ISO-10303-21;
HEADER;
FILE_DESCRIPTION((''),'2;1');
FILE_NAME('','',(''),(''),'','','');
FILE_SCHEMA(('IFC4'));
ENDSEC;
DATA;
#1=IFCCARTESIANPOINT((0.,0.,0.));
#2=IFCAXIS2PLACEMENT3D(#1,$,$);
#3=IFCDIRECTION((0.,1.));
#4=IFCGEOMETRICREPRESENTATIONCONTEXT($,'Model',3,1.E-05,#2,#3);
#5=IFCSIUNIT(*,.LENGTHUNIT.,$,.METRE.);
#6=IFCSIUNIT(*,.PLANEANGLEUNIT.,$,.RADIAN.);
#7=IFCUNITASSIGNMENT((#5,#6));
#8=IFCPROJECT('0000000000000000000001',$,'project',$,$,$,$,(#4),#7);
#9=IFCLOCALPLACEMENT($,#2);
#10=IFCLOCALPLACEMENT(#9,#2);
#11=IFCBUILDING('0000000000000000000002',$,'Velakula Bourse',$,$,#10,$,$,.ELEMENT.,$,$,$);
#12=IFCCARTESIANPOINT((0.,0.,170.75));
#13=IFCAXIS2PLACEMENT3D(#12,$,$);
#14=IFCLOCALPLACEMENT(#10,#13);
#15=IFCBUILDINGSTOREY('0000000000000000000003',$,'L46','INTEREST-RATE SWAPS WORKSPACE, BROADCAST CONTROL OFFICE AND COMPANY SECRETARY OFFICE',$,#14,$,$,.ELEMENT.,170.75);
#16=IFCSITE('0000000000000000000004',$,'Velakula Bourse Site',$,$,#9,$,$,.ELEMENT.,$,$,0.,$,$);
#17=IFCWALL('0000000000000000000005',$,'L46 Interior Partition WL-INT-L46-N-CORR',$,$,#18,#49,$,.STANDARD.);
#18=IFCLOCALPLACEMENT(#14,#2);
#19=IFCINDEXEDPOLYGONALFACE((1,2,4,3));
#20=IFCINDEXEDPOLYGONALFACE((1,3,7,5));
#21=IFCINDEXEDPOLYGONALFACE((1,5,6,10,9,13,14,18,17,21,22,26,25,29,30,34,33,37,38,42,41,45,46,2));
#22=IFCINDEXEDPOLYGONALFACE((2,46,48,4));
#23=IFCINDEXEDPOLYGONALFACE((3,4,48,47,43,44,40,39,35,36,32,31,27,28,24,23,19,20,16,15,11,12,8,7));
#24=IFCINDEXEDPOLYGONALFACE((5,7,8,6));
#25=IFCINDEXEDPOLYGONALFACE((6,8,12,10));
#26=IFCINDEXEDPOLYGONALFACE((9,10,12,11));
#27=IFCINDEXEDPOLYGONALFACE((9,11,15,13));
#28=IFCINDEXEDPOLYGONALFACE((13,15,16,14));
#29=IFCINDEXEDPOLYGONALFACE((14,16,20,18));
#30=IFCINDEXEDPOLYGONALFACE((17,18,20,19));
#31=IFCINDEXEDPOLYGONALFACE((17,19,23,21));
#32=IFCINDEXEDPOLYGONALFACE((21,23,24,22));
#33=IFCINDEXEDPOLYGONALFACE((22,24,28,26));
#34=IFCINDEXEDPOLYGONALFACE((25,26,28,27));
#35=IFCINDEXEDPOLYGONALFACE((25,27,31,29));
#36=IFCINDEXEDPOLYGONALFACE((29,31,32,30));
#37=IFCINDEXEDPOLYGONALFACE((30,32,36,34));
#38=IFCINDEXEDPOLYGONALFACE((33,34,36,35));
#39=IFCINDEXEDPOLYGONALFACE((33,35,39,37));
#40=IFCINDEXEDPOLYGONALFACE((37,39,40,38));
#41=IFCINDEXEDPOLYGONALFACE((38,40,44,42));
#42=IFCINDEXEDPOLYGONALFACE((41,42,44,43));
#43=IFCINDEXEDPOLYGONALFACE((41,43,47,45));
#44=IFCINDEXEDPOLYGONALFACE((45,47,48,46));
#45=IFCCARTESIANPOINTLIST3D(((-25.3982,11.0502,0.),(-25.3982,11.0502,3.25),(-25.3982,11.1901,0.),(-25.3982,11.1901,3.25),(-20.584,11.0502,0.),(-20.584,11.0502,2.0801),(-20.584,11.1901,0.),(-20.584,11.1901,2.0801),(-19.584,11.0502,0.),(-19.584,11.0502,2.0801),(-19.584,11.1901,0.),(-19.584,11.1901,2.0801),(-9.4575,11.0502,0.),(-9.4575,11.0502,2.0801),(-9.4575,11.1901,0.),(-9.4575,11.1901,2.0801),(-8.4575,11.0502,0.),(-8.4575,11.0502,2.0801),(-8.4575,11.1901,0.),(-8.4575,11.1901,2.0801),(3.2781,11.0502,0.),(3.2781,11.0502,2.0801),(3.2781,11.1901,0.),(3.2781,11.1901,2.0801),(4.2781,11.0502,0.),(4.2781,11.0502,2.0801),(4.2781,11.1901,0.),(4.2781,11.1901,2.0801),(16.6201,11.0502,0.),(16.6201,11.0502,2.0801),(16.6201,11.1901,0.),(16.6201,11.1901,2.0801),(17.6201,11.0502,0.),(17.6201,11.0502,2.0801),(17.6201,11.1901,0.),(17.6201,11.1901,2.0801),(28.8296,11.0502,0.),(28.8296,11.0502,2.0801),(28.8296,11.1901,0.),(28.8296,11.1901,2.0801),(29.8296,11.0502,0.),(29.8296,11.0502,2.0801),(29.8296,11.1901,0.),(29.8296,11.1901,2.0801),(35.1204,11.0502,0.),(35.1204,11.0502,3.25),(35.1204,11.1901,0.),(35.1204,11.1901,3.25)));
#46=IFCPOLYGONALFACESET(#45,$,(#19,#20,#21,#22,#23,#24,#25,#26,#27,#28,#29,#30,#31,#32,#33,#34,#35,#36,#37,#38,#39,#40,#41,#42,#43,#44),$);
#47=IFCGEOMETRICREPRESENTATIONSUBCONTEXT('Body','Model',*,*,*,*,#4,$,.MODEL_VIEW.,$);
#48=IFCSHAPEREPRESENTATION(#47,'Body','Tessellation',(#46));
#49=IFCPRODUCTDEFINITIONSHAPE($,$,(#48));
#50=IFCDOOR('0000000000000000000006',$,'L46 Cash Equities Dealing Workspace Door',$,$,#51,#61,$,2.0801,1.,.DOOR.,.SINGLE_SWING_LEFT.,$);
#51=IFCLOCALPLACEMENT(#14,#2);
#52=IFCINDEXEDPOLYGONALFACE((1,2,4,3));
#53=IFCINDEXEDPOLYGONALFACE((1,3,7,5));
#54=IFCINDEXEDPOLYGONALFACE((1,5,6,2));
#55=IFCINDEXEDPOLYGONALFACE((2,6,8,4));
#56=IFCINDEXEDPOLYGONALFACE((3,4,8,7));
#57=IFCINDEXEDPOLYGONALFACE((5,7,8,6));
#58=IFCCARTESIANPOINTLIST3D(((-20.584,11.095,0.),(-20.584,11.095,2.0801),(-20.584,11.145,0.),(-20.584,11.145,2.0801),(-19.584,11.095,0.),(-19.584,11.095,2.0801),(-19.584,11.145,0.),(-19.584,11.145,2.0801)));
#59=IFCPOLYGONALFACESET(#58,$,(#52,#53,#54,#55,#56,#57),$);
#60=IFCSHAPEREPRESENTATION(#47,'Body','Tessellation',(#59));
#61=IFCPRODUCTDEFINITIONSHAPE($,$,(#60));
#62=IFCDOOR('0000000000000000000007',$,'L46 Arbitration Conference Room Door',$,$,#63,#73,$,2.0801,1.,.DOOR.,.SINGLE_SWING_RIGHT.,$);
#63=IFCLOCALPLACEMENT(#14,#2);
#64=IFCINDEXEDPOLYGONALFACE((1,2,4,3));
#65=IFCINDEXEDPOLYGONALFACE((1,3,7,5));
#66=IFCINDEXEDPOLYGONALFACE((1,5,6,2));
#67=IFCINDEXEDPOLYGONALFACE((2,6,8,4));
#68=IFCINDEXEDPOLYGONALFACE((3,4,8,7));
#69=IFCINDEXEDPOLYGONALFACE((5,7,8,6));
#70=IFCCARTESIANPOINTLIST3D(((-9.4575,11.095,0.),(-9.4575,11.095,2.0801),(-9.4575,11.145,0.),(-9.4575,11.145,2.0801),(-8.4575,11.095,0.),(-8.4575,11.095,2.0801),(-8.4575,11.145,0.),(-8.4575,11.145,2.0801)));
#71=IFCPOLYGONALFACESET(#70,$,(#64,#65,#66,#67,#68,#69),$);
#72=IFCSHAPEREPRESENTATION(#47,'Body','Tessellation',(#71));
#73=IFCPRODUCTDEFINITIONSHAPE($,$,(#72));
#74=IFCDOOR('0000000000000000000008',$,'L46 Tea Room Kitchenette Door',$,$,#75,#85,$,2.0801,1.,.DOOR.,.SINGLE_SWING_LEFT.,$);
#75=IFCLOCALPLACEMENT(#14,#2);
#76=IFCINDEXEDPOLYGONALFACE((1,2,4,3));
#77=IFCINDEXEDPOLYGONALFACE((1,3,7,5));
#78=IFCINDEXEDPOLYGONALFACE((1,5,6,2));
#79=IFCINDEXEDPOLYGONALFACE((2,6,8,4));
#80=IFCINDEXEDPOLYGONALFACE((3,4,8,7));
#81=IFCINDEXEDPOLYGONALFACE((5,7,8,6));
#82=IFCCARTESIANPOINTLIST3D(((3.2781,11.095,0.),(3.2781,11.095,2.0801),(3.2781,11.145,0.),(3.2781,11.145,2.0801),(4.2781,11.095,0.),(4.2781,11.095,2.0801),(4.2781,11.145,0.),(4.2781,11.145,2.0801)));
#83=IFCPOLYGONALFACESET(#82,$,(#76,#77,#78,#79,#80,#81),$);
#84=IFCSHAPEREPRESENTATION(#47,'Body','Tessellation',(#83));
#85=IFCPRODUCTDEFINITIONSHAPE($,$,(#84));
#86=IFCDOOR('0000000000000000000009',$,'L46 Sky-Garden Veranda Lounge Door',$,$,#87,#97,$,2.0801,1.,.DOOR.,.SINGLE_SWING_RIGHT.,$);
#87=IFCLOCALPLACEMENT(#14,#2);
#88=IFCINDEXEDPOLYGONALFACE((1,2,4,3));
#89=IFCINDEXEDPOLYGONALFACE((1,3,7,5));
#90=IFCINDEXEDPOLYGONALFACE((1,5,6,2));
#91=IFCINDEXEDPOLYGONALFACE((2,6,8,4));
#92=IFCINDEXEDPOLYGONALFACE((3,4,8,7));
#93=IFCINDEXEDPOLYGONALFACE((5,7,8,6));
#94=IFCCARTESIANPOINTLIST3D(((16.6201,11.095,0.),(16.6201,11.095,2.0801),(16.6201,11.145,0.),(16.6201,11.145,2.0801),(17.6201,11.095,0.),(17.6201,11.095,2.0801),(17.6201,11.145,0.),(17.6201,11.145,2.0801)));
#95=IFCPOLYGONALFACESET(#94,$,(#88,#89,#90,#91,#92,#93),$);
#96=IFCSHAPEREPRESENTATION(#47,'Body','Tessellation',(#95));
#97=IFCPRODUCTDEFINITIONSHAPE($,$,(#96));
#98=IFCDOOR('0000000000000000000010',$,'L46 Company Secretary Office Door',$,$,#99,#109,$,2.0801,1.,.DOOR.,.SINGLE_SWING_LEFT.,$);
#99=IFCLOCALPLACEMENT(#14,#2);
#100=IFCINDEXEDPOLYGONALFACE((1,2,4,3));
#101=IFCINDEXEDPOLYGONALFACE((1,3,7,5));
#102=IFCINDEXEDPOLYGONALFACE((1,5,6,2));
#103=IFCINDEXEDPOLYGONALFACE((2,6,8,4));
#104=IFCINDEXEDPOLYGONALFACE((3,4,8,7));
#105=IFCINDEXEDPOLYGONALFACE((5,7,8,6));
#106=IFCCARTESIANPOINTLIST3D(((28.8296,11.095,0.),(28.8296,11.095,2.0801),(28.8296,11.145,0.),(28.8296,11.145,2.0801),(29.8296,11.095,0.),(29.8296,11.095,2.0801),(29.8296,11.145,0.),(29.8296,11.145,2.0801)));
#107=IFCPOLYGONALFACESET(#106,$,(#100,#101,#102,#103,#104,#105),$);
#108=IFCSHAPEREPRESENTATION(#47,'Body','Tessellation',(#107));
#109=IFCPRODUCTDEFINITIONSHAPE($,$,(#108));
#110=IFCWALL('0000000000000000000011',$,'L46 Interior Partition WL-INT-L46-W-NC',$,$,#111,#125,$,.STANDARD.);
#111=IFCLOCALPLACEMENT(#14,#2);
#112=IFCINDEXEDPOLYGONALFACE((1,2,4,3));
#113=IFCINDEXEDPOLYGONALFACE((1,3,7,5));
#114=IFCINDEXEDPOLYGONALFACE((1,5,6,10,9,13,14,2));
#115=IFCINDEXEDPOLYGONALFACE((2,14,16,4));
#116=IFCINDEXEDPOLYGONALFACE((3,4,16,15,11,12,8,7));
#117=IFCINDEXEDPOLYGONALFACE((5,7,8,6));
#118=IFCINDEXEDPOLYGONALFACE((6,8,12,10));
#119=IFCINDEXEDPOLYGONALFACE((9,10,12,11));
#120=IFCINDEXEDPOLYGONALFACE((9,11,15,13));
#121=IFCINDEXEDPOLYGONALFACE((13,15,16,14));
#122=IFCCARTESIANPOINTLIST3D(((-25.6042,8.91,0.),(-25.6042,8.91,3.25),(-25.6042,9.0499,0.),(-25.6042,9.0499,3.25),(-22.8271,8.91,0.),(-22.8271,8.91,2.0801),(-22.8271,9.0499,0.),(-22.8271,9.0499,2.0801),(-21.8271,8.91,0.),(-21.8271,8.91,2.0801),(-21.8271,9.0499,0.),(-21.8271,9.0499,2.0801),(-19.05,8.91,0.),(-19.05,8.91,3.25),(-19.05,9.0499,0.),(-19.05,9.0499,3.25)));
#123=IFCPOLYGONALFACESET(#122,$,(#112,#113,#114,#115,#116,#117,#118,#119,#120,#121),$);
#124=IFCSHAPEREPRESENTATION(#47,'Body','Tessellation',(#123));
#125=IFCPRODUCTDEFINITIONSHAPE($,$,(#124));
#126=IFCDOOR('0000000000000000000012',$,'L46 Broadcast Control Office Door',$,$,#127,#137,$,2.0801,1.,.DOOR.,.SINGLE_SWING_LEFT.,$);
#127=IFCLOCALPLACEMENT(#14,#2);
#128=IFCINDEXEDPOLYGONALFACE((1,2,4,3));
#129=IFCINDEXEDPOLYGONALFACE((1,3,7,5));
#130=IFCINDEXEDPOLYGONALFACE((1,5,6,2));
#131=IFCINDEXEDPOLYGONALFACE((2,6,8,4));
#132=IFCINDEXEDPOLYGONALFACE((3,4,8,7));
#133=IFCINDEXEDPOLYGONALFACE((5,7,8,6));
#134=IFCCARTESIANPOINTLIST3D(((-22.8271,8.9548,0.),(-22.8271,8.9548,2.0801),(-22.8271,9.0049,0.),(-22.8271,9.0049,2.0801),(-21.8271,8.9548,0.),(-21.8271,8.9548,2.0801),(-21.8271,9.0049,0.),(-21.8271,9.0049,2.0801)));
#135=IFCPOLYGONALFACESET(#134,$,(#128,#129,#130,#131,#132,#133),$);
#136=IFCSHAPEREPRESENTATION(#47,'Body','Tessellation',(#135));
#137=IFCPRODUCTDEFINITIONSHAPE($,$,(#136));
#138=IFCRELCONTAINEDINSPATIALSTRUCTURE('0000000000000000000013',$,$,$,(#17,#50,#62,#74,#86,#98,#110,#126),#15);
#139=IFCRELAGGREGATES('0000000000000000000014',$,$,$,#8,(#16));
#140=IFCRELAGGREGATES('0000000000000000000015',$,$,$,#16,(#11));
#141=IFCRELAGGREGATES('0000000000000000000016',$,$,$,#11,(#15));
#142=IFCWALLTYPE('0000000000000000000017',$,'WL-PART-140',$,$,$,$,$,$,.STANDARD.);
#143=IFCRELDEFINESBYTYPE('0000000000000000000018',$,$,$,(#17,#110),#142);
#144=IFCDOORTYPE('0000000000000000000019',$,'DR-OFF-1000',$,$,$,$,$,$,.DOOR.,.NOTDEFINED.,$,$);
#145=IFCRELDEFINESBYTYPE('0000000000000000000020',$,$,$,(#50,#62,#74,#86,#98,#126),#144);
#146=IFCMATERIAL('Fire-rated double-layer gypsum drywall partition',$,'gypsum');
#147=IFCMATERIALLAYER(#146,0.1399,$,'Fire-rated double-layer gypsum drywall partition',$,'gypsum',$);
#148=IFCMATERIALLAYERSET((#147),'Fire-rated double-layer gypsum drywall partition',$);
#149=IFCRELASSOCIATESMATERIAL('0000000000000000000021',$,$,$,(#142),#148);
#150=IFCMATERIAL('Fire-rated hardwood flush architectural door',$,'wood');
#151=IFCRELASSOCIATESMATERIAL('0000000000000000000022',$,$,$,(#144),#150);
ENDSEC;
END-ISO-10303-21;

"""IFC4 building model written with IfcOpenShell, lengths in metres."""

from ifc_helpers import new_model, si_unit, direction, frame, frame_2d, origin, place, context, subcontext, project, spatial, rectangle, extrude, material, layer, layer_set, type_object, element, fill, save


model = new_model("IFC4")

# Units and contexts
model_context = context("Model", 3, precision=1e-05, world=origin(), true_north=direction((0.0, 1.0)))
body_context = subcontext(model_context, "Body", "Model", "MODEL_VIEW")
ifc_project = project(units=[si_unit("LENGTHUNIT", "METRE"), si_unit("PLANEANGLEUNIT", "RADIAN")], contexts=[model_context])

# Site, building, storey
site_placement = place(None, origin())
site = spatial("IfcSite", under=ifc_project, at=site_placement, Name="Velakula Bourse Site", CompositionType="ELEMENT", RefElevation=0.0)
building_placement = place(site_placement, origin())
building = spatial("IfcBuilding", under=site, at=building_placement, Name="Velakula Bourse", CompositionType="ELEMENT")
storey_placement = place(building_placement, frame((0.0, 0.0, 170.75)))
storey = spatial("IfcBuildingStorey", under=building, at=storey_placement, Name="L46", Description="INTEREST-RATE SWAPS WORKSPACE, BROADCAST CONTROL OFFICE AND COMPANY SECRETARY OFFICE", CompositionType="ELEMENT", Elevation=170.75)

# Shared definitions
ifc_material_1 = material(Name="Fire-rated hardwood flush architectural door", Category="wood")

# Wall, openings, doors
ifc_material_2 = material(Name="Fire-rated double-layer gypsum drywall partition", Category="gypsum")
ifc_layer_1 = layer(ifc_material_2, 0.1399, Name="Fire-rated double-layer gypsum drywall partition", Category="gypsum")
ifc_layer_set_1 = layer_set([ifc_layer_1], Name="Fire-rated double-layer gypsum drywall partition")
wall_type_1 = type_object("IfcWallType", Name="WL-PART-140", PredefinedType="STANDARD", material=ifc_layer_set_1)
wall_1_placement = place(storey_placement, frame((-25.3982, 11.1201, 0.0), z_axis=(0.0, 0.0, 1.0), x_axis=(1.0, 0.0, 0.0)))
wall_1 = element("IfcWall", 1, at=wall_1_placement, inside=storey, type_object=wall_type_1, Name="L46 Interior Partition WL-INT-L46-N-CORR", PredefinedType="STANDARD", context=body_context, shape_type="SweptSolid", body=[
    extrude(rectangle(XDim=60.5186, YDim=0.1399, at=frame_2d((30.2593, 0.0))), origin(), (0.0, 0.0, 1.0), 3.25),
])
opening_1_placement = place(wall_1_placement, frame((4.8142, 0.0, 0.0)))
opening_1 = element("IfcOpeningElement", 2, at=opening_1_placement, cuts=wall_1, PredefinedType="OPENING", context=body_context, shape_type="SweptSolid", body=[
    extrude(rectangle(XDim=1.0, YDim=2.0801, at=frame_2d((0.5, 1.04))), frame((0.0, 0.0798, 0.0), z_axis=(0.0, -1.0, 0.0), x_axis=(1.0, 0.0, 0.0)), (0.0, 0.0, 1.0), 0.1599),
])
opening_2_placement = place(wall_1_placement, frame((15.9407, 0.0, 0.0)))
opening_2 = element("IfcOpeningElement", 3, at=opening_2_placement, cuts=wall_1, PredefinedType="OPENING", context=body_context, shape_type="SweptSolid", body=[
    extrude(rectangle(XDim=1.0, YDim=2.0801, at=frame_2d((0.5, 1.04))), frame((0.0, 0.0798, 0.0), z_axis=(0.0, -1.0, 0.0), x_axis=(1.0, 0.0, 0.0)), (0.0, 0.0, 1.0), 0.1599),
])
opening_3_placement = place(wall_1_placement, frame((28.6763, 0.0, 0.0)))
opening_3 = element("IfcOpeningElement", 4, at=opening_3_placement, cuts=wall_1, PredefinedType="OPENING", context=body_context, shape_type="SweptSolid", body=[
    extrude(rectangle(XDim=1.0, YDim=2.0801, at=frame_2d((0.5, 1.04))), frame((0.0, 0.0798, 0.0), z_axis=(0.0, -1.0, 0.0), x_axis=(1.0, 0.0, 0.0)), (0.0, 0.0, 1.0), 0.1599),
])
opening_4_placement = place(wall_1_placement, frame((42.0183, 0.0, 0.0)))
opening_4 = element("IfcOpeningElement", 5, at=opening_4_placement, cuts=wall_1, PredefinedType="OPENING", context=body_context, shape_type="SweptSolid", body=[
    extrude(rectangle(XDim=1.0, YDim=2.0801, at=frame_2d((0.5, 1.04))), frame((0.0, 0.0798, 0.0), z_axis=(0.0, -1.0, 0.0), x_axis=(1.0, 0.0, 0.0)), (0.0, 0.0, 1.0), 0.1599),
])
opening_5_placement = place(wall_1_placement, frame((54.2278, 0.0, 0.0)))
opening_5 = element("IfcOpeningElement", 6, at=opening_5_placement, cuts=wall_1, PredefinedType="OPENING", context=body_context, shape_type="SweptSolid", body=[
    extrude(rectangle(XDim=1.0, YDim=2.0801, at=frame_2d((0.5, 1.04))), frame((0.0, 0.0798, 0.0), z_axis=(0.0, -1.0, 0.0), x_axis=(1.0, 0.0, 0.0)), (0.0, 0.0, 1.0), 0.1599),
])
door_type_1 = type_object("IfcDoorType", Name="DR-OFF-1000", OperationType="NOTDEFINED", PredefinedType="DOOR", material=ifc_material_1)
door_1_placement = place(opening_1_placement, origin())
door_1 = element("IfcDoor", 7, at=door_1_placement, inside=storey, type_object=door_type_1, Name="L46 Cash Equities Dealing Workspace Door", OperationType="SINGLE_SWING_LEFT", OverallHeight=2.0801, OverallWidth=1.0, PredefinedType="DOOR", context=body_context, shape_type="SweptSolid", body=[
    extrude(rectangle(XDim=1.0, YDim=2.0801, at=frame_2d((0.5, 1.04))), frame((0.0, 0.0249, 0.0), z_axis=(0.0, -1.0, 0.0), x_axis=(1.0, 0.0, 0.0)), (0.0, 0.0, 1.0), 0.05),
])
fill(opening_1, door_1)
door_2_placement = place(opening_2_placement, origin())
door_2 = element("IfcDoor", 8, at=door_2_placement, inside=storey, type_object=door_type_1, Name="L46 Arbitration Conference Room Door", OperationType="SINGLE_SWING_RIGHT", OverallHeight=2.0801, OverallWidth=1.0, PredefinedType="DOOR", context=body_context, shape_type="SweptSolid", body=[
    extrude(rectangle(XDim=1.0, YDim=2.0801, at=frame_2d((0.5, 1.04))), frame((0.0, 0.0249, 0.0), z_axis=(0.0, -1.0, 0.0), x_axis=(1.0, 0.0, 0.0)), (0.0, 0.0, 1.0), 0.05),
])
fill(opening_2, door_2)
door_3_placement = place(opening_3_placement, origin())
door_3 = element("IfcDoor", 9, at=door_3_placement, inside=storey, type_object=door_type_1, Name="L46 Tea Room Kitchenette Door", OperationType="SINGLE_SWING_LEFT", OverallHeight=2.0801, OverallWidth=1.0, PredefinedType="DOOR", context=body_context, shape_type="SweptSolid", body=[
    extrude(rectangle(XDim=1.0, YDim=2.0801, at=frame_2d((0.5, 1.04))), frame((0.0, 0.0249, 0.0), z_axis=(0.0, -1.0, 0.0), x_axis=(1.0, 0.0, 0.0)), (0.0, 0.0, 1.0), 0.05),
])
fill(opening_3, door_3)
door_4_placement = place(opening_4_placement, origin())
door_4 = element("IfcDoor", 10, at=door_4_placement, inside=storey, type_object=door_type_1, Name="L46 Sky-Garden Veranda Lounge Door", OperationType="SINGLE_SWING_RIGHT", OverallHeight=2.0801, OverallWidth=1.0, PredefinedType="DOOR", context=body_context, shape_type="SweptSolid", body=[
    extrude(rectangle(XDim=1.0, YDim=2.0801, at=frame_2d((0.5, 1.04))), frame((0.0, 0.0249, 0.0), z_axis=(0.0, -1.0, 0.0), x_axis=(1.0, 0.0, 0.0)), (0.0, 0.0, 1.0), 0.05),
])
fill(opening_4, door_4)
door_5_placement = place(opening_5_placement, origin())
door_5 = element("IfcDoor", 11, at=door_5_placement, inside=storey, type_object=door_type_1, Name="L46 Company Secretary Office Door", OperationType="SINGLE_SWING_LEFT", OverallHeight=2.0801, OverallWidth=1.0, PredefinedType="DOOR", context=body_context, shape_type="SweptSolid", body=[
    extrude(rectangle(XDim=1.0, YDim=2.0801, at=frame_2d((0.5, 1.04))), frame((0.0, 0.0249, 0.0), z_axis=(0.0, -1.0, 0.0), x_axis=(1.0, 0.0, 0.0)), (0.0, 0.0, 1.0), 0.05),
])
fill(opening_5, door_5)

# Wall, opening, door
wall_2_placement = place(storey_placement, frame((-25.6042, 8.98, 0.0), z_axis=(0.0, 0.0, 1.0), x_axis=(1.0, 0.0, 0.0)))
wall_2 = element("IfcWall", 12, at=wall_2_placement, inside=storey, type_object=wall_type_1, Name="L46 Interior Partition WL-INT-L46-W-NC", PredefinedType="STANDARD", context=body_context, shape_type="SweptSolid", body=[
    extrude(rectangle(XDim=6.5542, YDim=0.1399, at=frame_2d((3.2771, 0.0))), origin(), (0.0, 0.0, 1.0), 3.25),
])
opening_6_placement = place(wall_2_placement, frame((2.7771, 0.0, 0.0)))
opening_6 = element("IfcOpeningElement", 13, at=opening_6_placement, cuts=wall_2, PredefinedType="OPENING", context=body_context, shape_type="SweptSolid", body=[
    extrude(rectangle(XDim=1.0, YDim=2.0801, at=frame_2d((0.5, 1.04))), frame((0.0, 0.0798, 0.0), z_axis=(0.0, -1.0, 0.0), x_axis=(1.0, 0.0, 0.0)), (0.0, 0.0, 1.0), 0.1599),
])
door_6_placement = place(opening_6_placement, origin())
door_6 = element("IfcDoor", 14, at=door_6_placement, inside=storey, type_object=door_type_1, Name="L46 Broadcast Control Office Door", OperationType="SINGLE_SWING_LEFT", OverallHeight=2.0801, OverallWidth=1.0, PredefinedType="DOOR", context=body_context, shape_type="SweptSolid", body=[
    extrude(rectangle(XDim=1.0, YDim=2.0801, at=frame_2d((0.5, 1.04))), frame((0.0, 0.0249, 0.0), z_axis=(0.0, -1.0, 0.0), x_axis=(1.0, 0.0, 0.0)), (0.0, 0.0, 1.0), 0.05),
])
fill(opening_6, door_6)

save(model, "model.ifc")
